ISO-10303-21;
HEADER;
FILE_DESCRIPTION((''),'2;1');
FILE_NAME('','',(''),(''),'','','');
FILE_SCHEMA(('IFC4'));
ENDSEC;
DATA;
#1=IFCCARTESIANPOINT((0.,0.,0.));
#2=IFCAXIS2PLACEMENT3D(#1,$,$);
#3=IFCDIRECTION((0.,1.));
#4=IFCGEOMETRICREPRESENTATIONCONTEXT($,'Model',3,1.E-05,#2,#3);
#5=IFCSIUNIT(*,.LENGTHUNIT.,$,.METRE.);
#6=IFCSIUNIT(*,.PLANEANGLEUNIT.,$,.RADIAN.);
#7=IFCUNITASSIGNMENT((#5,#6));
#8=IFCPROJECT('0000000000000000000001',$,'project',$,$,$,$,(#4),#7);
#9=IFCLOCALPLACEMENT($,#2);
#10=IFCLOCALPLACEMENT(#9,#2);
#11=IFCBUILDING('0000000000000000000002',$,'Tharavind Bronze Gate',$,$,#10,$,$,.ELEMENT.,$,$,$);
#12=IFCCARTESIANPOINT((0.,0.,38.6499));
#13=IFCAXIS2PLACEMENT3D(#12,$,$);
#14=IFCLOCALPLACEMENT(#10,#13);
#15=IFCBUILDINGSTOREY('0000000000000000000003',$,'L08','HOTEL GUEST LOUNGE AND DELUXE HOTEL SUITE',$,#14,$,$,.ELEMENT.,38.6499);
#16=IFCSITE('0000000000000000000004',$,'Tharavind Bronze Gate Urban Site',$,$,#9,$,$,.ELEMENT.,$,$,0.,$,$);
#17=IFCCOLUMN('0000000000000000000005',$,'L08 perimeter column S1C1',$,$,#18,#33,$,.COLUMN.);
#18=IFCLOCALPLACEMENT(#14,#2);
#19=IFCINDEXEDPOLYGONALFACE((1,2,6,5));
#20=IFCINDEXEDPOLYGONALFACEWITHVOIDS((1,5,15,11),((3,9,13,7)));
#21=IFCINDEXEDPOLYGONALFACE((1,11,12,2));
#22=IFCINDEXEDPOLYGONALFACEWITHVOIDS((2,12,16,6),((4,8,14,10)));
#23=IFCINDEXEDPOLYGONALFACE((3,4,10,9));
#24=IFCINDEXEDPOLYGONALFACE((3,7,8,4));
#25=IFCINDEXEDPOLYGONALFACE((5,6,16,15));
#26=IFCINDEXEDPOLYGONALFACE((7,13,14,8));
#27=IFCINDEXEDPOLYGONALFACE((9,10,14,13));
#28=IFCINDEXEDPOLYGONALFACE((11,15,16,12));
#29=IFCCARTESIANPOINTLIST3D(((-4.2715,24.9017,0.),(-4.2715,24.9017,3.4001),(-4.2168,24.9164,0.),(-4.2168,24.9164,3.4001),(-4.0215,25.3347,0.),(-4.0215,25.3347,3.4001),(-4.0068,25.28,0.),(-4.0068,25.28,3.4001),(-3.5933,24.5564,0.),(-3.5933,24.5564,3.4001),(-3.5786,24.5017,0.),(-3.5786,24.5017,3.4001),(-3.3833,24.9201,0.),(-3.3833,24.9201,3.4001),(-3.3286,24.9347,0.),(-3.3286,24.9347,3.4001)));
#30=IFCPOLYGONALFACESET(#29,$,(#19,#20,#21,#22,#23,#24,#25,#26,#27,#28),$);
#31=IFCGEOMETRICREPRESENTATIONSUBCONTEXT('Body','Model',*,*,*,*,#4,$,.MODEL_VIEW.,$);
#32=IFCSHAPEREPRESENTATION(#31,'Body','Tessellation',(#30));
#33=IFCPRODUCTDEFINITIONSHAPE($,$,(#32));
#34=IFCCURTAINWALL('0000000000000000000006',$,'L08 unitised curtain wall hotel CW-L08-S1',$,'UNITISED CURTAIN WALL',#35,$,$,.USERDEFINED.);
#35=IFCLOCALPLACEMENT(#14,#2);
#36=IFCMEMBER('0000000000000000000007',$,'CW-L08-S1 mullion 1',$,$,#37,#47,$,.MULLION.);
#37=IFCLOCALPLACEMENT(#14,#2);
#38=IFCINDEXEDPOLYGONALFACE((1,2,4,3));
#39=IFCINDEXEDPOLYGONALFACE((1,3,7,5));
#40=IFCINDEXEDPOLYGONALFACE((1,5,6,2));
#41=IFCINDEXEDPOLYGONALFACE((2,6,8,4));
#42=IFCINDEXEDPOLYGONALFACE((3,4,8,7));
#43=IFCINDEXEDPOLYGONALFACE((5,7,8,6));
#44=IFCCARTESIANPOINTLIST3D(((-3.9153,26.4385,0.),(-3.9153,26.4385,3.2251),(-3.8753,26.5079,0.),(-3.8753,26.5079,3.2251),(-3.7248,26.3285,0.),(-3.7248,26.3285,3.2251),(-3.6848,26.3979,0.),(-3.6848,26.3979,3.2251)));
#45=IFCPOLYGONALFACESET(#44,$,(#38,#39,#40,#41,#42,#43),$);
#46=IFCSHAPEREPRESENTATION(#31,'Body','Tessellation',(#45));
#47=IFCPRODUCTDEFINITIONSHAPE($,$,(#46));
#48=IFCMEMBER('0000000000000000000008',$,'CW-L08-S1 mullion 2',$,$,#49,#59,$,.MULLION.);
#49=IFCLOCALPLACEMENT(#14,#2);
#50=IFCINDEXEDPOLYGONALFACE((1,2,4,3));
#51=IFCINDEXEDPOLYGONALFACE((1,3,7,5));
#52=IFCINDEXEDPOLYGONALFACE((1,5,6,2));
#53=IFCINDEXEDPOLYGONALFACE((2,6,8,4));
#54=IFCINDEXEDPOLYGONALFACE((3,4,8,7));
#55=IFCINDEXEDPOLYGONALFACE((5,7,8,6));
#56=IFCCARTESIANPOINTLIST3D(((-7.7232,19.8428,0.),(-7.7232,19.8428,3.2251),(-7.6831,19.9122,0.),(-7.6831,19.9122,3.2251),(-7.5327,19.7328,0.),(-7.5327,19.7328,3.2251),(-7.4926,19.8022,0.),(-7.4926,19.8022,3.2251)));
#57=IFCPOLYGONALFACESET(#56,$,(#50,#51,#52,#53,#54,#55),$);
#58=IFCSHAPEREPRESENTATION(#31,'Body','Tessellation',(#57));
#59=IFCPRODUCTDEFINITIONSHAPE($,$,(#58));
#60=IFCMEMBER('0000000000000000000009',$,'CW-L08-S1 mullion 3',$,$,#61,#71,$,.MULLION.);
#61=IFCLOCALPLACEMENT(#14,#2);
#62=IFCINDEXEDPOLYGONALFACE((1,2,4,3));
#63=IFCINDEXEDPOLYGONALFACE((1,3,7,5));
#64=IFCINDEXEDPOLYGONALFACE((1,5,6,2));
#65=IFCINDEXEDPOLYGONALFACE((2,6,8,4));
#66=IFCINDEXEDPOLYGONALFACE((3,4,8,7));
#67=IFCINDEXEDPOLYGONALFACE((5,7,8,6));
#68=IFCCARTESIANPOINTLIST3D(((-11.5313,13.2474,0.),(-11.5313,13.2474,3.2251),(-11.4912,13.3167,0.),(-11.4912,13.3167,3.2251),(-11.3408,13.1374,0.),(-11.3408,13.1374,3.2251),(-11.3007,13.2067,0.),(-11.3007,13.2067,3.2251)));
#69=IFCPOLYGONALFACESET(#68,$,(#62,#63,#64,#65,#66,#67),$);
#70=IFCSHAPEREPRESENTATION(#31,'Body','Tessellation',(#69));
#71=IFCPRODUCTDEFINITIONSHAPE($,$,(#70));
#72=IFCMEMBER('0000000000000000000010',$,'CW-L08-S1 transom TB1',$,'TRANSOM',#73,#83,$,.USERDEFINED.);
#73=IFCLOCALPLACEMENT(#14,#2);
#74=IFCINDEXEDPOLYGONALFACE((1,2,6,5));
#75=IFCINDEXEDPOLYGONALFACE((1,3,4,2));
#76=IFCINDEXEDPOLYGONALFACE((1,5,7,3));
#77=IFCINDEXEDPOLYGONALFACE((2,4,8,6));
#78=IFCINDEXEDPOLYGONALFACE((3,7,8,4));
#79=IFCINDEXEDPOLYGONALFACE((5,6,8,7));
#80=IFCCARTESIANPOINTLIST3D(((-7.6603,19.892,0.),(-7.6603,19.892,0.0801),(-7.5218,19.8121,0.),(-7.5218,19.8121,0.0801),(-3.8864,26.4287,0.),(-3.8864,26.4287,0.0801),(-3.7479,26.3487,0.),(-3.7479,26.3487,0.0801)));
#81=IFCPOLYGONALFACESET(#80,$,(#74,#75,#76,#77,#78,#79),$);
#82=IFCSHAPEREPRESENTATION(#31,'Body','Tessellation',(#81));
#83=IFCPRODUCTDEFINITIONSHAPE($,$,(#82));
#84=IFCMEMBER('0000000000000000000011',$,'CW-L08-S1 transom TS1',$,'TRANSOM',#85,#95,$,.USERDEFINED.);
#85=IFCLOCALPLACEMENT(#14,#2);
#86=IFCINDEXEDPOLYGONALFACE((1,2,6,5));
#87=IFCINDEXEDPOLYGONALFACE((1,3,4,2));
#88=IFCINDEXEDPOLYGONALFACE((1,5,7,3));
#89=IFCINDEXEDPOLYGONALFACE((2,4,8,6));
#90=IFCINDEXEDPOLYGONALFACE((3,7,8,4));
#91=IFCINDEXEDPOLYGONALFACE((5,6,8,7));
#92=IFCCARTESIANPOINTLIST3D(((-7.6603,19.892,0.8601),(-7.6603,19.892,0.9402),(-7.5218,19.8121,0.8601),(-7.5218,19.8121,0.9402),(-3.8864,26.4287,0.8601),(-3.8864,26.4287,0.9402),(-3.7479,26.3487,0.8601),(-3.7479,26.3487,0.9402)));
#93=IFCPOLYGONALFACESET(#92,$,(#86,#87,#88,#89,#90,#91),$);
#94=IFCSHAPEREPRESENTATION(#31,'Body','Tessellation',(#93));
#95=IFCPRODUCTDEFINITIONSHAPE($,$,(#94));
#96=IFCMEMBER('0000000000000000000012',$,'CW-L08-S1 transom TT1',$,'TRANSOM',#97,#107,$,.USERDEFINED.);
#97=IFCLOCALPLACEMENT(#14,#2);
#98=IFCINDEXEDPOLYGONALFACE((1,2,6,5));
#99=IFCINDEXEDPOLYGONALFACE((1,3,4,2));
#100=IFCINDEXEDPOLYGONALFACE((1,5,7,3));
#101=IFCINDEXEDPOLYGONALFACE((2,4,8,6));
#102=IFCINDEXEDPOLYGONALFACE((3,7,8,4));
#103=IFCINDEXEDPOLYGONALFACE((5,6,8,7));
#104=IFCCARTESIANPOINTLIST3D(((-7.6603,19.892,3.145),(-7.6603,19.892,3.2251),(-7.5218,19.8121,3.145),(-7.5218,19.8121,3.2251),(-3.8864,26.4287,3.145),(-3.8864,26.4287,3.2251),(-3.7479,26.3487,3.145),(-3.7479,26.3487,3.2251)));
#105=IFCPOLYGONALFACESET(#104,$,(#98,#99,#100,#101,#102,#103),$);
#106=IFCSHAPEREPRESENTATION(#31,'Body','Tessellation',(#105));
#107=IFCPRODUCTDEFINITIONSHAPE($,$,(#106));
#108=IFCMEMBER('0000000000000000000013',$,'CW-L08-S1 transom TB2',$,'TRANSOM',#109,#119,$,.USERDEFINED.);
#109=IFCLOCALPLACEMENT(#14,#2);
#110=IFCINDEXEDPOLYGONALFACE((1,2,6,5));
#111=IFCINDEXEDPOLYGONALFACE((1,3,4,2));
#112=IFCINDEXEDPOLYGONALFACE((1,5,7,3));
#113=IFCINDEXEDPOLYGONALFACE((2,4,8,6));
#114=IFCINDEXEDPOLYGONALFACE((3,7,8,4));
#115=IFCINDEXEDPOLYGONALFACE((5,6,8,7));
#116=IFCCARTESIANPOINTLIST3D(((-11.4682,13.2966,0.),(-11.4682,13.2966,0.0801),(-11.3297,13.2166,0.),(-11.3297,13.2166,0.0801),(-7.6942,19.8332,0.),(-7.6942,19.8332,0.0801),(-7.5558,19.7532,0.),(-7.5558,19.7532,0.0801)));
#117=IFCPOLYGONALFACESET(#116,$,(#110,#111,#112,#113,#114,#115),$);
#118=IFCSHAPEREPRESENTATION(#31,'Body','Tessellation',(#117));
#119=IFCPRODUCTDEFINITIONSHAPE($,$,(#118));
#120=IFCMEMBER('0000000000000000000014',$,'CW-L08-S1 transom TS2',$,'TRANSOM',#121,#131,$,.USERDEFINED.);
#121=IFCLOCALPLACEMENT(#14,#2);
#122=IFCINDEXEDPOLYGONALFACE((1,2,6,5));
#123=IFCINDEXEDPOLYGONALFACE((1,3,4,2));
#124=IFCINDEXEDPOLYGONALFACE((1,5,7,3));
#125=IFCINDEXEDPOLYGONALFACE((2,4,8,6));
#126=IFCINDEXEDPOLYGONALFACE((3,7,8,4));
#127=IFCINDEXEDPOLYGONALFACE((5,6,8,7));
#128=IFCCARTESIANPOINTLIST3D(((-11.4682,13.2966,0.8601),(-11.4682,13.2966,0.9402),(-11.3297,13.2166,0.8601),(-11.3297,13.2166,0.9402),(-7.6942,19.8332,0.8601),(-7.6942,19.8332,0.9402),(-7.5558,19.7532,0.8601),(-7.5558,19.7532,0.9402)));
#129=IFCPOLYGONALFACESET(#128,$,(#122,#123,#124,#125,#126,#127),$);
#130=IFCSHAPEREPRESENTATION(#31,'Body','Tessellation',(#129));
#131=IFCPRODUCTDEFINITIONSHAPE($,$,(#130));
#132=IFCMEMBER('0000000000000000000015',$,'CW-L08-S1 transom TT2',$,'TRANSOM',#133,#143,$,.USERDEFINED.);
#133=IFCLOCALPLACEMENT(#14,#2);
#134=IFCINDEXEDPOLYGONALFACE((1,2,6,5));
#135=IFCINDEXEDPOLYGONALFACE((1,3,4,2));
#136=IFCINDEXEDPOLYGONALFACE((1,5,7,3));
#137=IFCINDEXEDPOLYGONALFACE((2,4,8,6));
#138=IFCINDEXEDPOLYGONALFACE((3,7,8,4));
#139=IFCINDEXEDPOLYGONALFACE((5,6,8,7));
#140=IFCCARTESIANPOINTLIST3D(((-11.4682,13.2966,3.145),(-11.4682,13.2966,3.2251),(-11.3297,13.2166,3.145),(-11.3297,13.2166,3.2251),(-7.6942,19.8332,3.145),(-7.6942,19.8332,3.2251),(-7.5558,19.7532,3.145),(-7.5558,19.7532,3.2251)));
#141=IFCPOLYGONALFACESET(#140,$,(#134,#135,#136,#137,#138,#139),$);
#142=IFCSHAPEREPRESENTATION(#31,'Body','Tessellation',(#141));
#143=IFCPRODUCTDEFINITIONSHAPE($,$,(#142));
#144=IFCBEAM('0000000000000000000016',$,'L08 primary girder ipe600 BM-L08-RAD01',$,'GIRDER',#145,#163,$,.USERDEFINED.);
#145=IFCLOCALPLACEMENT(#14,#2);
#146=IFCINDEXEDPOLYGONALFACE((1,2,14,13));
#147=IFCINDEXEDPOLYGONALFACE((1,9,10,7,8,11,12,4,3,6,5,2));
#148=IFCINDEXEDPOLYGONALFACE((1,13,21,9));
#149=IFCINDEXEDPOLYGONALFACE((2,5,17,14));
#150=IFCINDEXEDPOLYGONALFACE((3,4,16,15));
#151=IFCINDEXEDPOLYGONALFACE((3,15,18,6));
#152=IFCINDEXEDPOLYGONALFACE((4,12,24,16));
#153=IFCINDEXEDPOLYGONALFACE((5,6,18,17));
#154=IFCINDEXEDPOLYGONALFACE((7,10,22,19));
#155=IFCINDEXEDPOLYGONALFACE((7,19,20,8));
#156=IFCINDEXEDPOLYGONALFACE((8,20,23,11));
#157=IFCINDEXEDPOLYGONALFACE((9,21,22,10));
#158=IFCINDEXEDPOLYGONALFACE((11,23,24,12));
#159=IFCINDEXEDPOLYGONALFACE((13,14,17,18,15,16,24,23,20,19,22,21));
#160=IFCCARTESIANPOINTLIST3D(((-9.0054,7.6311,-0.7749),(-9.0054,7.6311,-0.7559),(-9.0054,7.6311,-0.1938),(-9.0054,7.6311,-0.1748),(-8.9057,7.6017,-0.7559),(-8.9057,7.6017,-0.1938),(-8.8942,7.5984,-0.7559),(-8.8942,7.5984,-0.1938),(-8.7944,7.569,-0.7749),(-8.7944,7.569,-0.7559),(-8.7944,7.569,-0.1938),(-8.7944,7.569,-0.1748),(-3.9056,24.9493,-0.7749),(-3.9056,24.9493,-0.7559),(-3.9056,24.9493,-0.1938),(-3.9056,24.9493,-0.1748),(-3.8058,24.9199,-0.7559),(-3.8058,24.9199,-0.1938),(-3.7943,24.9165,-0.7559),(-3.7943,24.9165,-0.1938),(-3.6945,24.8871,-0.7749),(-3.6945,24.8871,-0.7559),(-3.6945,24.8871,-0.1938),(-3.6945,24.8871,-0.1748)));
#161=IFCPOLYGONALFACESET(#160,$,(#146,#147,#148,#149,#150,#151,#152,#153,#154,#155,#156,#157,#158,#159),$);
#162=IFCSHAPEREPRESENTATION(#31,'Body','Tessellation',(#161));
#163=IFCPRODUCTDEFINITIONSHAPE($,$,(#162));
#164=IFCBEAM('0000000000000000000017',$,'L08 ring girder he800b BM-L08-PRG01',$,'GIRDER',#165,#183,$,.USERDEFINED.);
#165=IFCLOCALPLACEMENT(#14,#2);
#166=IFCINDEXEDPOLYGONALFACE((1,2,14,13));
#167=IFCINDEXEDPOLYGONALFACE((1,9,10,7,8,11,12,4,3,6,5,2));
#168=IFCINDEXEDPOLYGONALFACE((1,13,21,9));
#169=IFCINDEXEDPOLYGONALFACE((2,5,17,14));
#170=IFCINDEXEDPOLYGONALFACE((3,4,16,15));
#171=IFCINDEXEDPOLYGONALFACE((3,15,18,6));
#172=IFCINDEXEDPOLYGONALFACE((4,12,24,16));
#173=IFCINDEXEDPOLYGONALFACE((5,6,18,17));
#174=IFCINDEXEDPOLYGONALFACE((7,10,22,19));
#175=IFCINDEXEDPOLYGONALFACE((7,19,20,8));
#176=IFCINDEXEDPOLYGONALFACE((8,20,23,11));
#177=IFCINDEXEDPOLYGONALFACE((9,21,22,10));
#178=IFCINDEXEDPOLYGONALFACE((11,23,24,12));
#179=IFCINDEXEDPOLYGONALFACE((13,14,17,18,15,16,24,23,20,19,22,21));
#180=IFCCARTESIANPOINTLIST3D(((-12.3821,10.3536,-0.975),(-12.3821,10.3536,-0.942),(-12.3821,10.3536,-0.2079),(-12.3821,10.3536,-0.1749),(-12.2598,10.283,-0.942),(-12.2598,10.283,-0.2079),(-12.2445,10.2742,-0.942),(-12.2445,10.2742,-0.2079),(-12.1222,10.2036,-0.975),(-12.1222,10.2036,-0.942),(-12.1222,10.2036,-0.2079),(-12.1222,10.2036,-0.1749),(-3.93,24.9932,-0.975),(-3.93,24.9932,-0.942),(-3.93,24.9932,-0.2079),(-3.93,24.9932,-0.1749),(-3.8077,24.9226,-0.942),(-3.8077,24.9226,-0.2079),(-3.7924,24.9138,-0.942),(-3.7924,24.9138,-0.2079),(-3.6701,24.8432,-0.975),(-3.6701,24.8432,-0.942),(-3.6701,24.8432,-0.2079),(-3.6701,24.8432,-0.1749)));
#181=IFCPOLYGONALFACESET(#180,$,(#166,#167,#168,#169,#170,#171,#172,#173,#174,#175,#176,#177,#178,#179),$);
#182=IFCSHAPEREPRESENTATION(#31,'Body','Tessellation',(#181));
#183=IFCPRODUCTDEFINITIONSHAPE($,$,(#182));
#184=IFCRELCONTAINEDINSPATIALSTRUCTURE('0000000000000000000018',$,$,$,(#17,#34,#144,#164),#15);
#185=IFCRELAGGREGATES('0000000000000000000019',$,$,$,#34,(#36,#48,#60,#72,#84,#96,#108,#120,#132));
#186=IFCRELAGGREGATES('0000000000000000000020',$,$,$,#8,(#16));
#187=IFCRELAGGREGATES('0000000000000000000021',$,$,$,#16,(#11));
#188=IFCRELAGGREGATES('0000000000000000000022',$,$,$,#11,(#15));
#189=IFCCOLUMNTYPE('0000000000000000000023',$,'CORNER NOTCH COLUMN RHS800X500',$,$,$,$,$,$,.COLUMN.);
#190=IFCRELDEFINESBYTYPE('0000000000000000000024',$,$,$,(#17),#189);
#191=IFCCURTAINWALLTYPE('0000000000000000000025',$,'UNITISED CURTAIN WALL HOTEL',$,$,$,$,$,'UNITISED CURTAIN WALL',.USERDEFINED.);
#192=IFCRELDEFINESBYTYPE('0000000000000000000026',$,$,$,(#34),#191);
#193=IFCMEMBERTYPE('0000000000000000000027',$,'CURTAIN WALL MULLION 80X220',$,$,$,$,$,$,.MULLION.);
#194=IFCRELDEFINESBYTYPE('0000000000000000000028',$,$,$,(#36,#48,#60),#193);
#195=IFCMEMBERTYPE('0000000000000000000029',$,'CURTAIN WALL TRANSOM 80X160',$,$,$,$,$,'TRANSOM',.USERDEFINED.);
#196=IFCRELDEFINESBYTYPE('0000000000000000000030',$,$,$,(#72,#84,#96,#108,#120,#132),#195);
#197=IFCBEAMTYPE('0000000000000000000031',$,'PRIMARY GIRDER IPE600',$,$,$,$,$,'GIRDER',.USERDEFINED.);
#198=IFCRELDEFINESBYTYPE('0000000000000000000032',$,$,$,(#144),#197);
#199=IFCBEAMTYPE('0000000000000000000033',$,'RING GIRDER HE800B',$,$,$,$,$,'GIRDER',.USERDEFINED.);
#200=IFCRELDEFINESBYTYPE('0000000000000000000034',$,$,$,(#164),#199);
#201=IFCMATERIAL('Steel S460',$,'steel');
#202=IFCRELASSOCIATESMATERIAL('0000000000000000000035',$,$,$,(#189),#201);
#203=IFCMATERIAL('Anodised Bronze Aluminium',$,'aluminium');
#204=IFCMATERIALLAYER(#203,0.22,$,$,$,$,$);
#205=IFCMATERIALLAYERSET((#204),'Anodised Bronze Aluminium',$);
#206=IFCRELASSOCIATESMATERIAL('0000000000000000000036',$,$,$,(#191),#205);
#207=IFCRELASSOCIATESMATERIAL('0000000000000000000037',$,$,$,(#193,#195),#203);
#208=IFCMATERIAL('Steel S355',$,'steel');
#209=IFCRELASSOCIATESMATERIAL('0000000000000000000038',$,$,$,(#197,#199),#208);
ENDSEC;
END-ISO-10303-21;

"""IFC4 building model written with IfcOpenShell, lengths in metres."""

from ifc_helpers import new_model, si_unit, direction, frame, origin, origin_2d, place, context, subcontext, project, spatial, rectangle, hollow_rectangle, i_section, extrude, material, layer, layer_set, material_profile, profile_set, type_object, element, aggregate, save


model = new_model("IFC4")

# Units and contexts
model_context = context("Model", 3, precision=1e-05, world=origin(), true_north=direction((0.0, 1.0)))
body_context = subcontext(model_context, "Body", "Model", "MODEL_VIEW")
ifc_project = project(units=[si_unit("LENGTHUNIT", "METRE"), si_unit("PLANEANGLEUNIT", "RADIAN")], contexts=[model_context])

# Site, building, storey
site_placement = place(None, origin())
site = spatial("IfcSite", under=ifc_project, at=site_placement, Name="Tharavind Bronze Gate Urban Site", CompositionType="ELEMENT", RefElevation=0.0)
building_placement = place(site_placement, origin())
building = spatial("IfcBuilding", under=site, at=building_placement, Name="Tharavind Bronze Gate", CompositionType="ELEMENT")
storey_placement = place(building_placement, frame((0.0, 0.0, 38.6499)))
storey = spatial("IfcBuildingStorey", under=building, at=storey_placement, Name="L08", Description="HOTEL GUEST LOUNGE AND DELUXE HOTEL SUITE", CompositionType="ELEMENT", Elevation=38.6499)

# Column
ifc_material_1 = material(Name="Steel S460", Category="steel")
ifc_material_profile_1 = material_profile(ifc_material_1, hollow_rectangle(XDim=0.5, YDim=0.8, WallThickness=0.04, at=origin_2d()), Name="RHS800X500X40")
ifc_profile_set_1 = profile_set([ifc_material_profile_1], Name="Steel S460")
column_type = type_object("IfcColumnType", Name="CORNER NOTCH COLUMN RHS800X500", PredefinedType="COLUMN", material=ifc_profile_set_1)
column_placement = place(storey_placement, frame((-3.8, 24.9182, 0.0), z_axis=(0.0, 0.0, 1.0), x_axis=(0.500002, 0.866025, 0.0)))
element("IfcColumn", 1, at=column_placement, inside=storey, type_object=column_type, Name="L08 perimeter column S1C1", PredefinedType="COLUMN", context=body_context, shape_type="SweptSolid", body=[
    extrude(hollow_rectangle(XDim=0.5, YDim=0.8, WallThickness=0.04, at=origin_2d()), origin(), (0.0, 0.0, 1.0), 3.4001),
])

# Curtain wall, members
ifc_material_2 = material(Name="Anodised Bronze Aluminium", Category="aluminium")
ifc_layer_1 = layer(ifc_material_2, 0.22)
ifc_layer_set_1 = layer_set([ifc_layer_1], Name="Anodised Bronze Aluminium")
curtain_wall_type = type_object("IfcCurtainWallType", Name="UNITISED CURTAIN WALL HOTEL", ElementType="UNITISED CURTAIN WALL", PredefinedType="USERDEFINED", material=ifc_layer_set_1)
curtain_wall_placement = place(storey_placement, origin())
curtain_wall = element("IfcCurtainWall", 2, at=curtain_wall_placement, inside=storey, type_object=curtain_wall_type, Name="L08 unitised curtain wall hotel CW-L08-S1", ObjectType="UNITISED CURTAIN WALL", PredefinedType="USERDEFINED")
member_type_1 = type_object("IfcMemberType", Name="CURTAIN WALL MULLION 80X220", PredefinedType="MULLION", material=ifc_material_2)
member_1_placement = place(storey_placement, frame((-3.8, 26.4182, 0.0), z_axis=(0.0, 0.0, 1.0), x_axis=(-0.500002, -0.866025, 0.0)))
member_1 = element("IfcMember", 3, at=member_1_placement, type_object=member_type_1, Name="CW-L08-S1 mullion 1", PredefinedType="MULLION", context=body_context, shape_type="SweptSolid", body=[
    extrude(rectangle(XDim=0.0801, YDim=0.22, at=origin_2d()), origin(), (0.0, 0.0, 1.0), 3.2251),
])
member_2_placement = place(storey_placement, frame((-7.6079, 19.8225, 0.0), z_axis=(0.0, 0.0, 1.0), x_axis=(-0.500002, -0.866025, 0.0)))
member_2 = element("IfcMember", 4, at=member_2_placement, type_object=member_type_1, Name="CW-L08-S1 mullion 2", PredefinedType="MULLION", context=body_context, shape_type="SweptSolid", body=[
    extrude(rectangle(XDim=0.0801, YDim=0.22, at=origin_2d()), origin(), (0.0, 0.0, 1.0), 3.2251),
])
member_3_placement = place(storey_placement, frame((-11.416, 13.2271, 0.0), z_axis=(0.0, 0.0, 1.0), x_axis=(-0.500002, -0.866025, 0.0)))
member_3 = element("IfcMember", 5, at=member_3_placement, type_object=member_type_1, Name="CW-L08-S1 mullion 3", PredefinedType="MULLION", context=body_context, shape_type="SweptSolid", body=[
    extrude(rectangle(XDim=0.0801, YDim=0.22, at=origin_2d()), origin(), (0.0, 0.0, 1.0), 3.2251),
])
member_type_2 = type_object("IfcMemberType", Name="CURTAIN WALL TRANSOM 80X160", ElementType="TRANSOM", PredefinedType="USERDEFINED", material=ifc_material_2)
member_4_placement = place(storey_placement, frame((-5.7041, 23.1204, 0.0), z_axis=(0.0, 0.0, 1.0), x_axis=(-0.500002, -0.866025, 0.0)))
member_4 = element("IfcMember", 6, at=member_4_placement, type_object=member_type_2, Name="CW-L08-S1 transom TB1", ObjectType="TRANSOM", PredefinedType="USERDEFINED", context=body_context, shape_type="SweptSolid", body=[
    extrude(rectangle(XDim=7.5479, YDim=0.1599, at=origin_2d()), origin(), (0.0, 0.0, 1.0), 0.0801),
])
member_5_placement = place(storey_placement, frame((-5.7041, 23.1204, 0.8601), z_axis=(0.0, 0.0, 1.0), x_axis=(-0.500002, -0.866025, 0.0)))
member_5 = element("IfcMember", 7, at=member_5_placement, type_object=member_type_2, Name="CW-L08-S1 transom TS1", ObjectType="TRANSOM", PredefinedType="USERDEFINED", context=body_context, shape_type="SweptSolid", body=[
    extrude(rectangle(XDim=7.5479, YDim=0.1599, at=origin_2d()), origin(), (0.0, 0.0, 1.0), 0.0801),
])
member_6_placement = place(storey_placement, frame((-5.7041, 23.1204, 3.145), z_axis=(0.0, 0.0, 1.0), x_axis=(-0.500002, -0.866025, 0.0)))
member_6 = element("IfcMember", 8, at=member_6_placement, type_object=member_type_2, Name="CW-L08-S1 transom TT1", ObjectType="TRANSOM", PredefinedType="USERDEFINED", context=body_context, shape_type="SweptSolid", body=[
    extrude(rectangle(XDim=7.5479, YDim=0.1599, at=origin_2d()), origin(), (0.0, 0.0, 1.0), 0.0801),
])
member_7_placement = place(storey_placement, frame((-9.512, 16.5249, 0.0), z_axis=(0.0, 0.0, 1.0), x_axis=(-0.500002, -0.866025, 0.0)))
member_7 = element("IfcMember", 9, at=member_7_placement, type_object=member_type_2, Name="CW-L08-S1 transom TB2", ObjectType="TRANSOM", PredefinedType="USERDEFINED", context=body_context, shape_type="SweptSolid", body=[
    extrude(rectangle(XDim=7.5479, YDim=0.1599, at=origin_2d()), origin(), (0.0, 0.0, 1.0), 0.0801),
])
member_8_placement = place(storey_placement, frame((-9.512, 16.5249, 0.8601), z_axis=(0.0, 0.0, 1.0), x_axis=(-0.500002, -0.866025, 0.0)))
member_8 = element("IfcMember", 10, at=member_8_placement, type_object=member_type_2, Name="CW-L08-S1 transom TS2", ObjectType="TRANSOM", PredefinedType="USERDEFINED", context=body_context, shape_type="SweptSolid", body=[
    extrude(rectangle(XDim=7.5479, YDim=0.1599, at=origin_2d()), origin(), (0.0, 0.0, 1.0), 0.0801),
])
member_9_placement = place(storey_placement, frame((-9.512, 16.5249, 3.145), z_axis=(0.0, 0.0, 1.0), x_axis=(-0.500002, -0.866025, 0.0)))
member_9 = element("IfcMember", 11, at=member_9_placement, type_object=member_type_2, Name="CW-L08-S1 transom TT2", ObjectType="TRANSOM", PredefinedType="USERDEFINED", context=body_context, shape_type="SweptSolid", body=[
    extrude(rectangle(XDim=7.5479, YDim=0.1599, at=origin_2d()), origin(), (0.0, 0.0, 1.0), 0.0801),
])

# Beams
ifc_material_3 = material(Name="Steel S355", Category="steel")
ifc_material_profile_2 = material_profile(ifc_material_3, i_section(OverallWidth=0.22, OverallDepth=0.6001, WebThickness=0.012, FlangeThickness=0.019, at=origin_2d()), Name="IPE600")
ifc_profile_set_2 = profile_set([ifc_material_profile_2], Name="Steel S355")
beam_type_1 = type_object("IfcBeamType", Name="PRIMARY GIRDER IPE600", ElementType="GIRDER", PredefinedType="USERDEFINED", material=ifc_profile_set_2)
beam_1_placement = place(storey_placement, frame((-3.8, 24.9182, -0.4749), z_axis=(-0.282487, -0.959271, 0.0), x_axis=(0.959271, -0.282487, 0.0)))
element("IfcBeam", 12, at=beam_1_placement, inside=storey, type_object=beam_type_1, Name="L08 primary girder ipe600 BM-L08-RAD01", ObjectType="GIRDER", PredefinedType="USERDEFINED", context=body_context, shape_type="SweptSolid", body=[
    extrude(i_section(OverallWidth=0.22, OverallDepth=0.6001, WebThickness=0.012, FlangeThickness=0.019, at=origin_2d()), origin(), (0.0, 0.0, 1.0), 18.0535),
])
ifc_material_profile_3 = material_profile(ifc_material_3, i_section(OverallWidth=0.3, OverallDepth=0.8, WebThickness=0.0176, FlangeThickness=0.033, at=origin_2d()), Name="HE800B")
ifc_profile_set_3 = profile_set([ifc_material_profile_3], Name="Steel S355")
beam_type_2 = type_object("IfcBeamType", Name="RING GIRDER HE800B", ElementType="GIRDER", PredefinedType="USERDEFINED", material=ifc_profile_set_3)
beam_2_placement = place(storey_placement, frame((-3.8, 24.9182, -0.575), z_axis=(-0.499997, -0.866027, 0.0), x_axis=(0.866027, -0.499997, 0.0)))
element("IfcBeam", 13, at=beam_2_placement, inside=storey, type_object=beam_type_2, Name="L08 ring girder he800b BM-L08-PRG01", ObjectType="GIRDER", PredefinedType="USERDEFINED", context=body_context, shape_type="SweptSolid", body=[
    extrude(i_section(OverallWidth=0.3, OverallDepth=0.8, WebThickness=0.0176, FlangeThickness=0.033, at=origin_2d()), origin(), (0.0, 0.0, 1.0), 16.9043),
])

aggregate(curtain_wall, [member_1, member_2, member_3, member_4, member_5, member_6, member_7, member_8, member_9])

save(model, "model.ifc")
